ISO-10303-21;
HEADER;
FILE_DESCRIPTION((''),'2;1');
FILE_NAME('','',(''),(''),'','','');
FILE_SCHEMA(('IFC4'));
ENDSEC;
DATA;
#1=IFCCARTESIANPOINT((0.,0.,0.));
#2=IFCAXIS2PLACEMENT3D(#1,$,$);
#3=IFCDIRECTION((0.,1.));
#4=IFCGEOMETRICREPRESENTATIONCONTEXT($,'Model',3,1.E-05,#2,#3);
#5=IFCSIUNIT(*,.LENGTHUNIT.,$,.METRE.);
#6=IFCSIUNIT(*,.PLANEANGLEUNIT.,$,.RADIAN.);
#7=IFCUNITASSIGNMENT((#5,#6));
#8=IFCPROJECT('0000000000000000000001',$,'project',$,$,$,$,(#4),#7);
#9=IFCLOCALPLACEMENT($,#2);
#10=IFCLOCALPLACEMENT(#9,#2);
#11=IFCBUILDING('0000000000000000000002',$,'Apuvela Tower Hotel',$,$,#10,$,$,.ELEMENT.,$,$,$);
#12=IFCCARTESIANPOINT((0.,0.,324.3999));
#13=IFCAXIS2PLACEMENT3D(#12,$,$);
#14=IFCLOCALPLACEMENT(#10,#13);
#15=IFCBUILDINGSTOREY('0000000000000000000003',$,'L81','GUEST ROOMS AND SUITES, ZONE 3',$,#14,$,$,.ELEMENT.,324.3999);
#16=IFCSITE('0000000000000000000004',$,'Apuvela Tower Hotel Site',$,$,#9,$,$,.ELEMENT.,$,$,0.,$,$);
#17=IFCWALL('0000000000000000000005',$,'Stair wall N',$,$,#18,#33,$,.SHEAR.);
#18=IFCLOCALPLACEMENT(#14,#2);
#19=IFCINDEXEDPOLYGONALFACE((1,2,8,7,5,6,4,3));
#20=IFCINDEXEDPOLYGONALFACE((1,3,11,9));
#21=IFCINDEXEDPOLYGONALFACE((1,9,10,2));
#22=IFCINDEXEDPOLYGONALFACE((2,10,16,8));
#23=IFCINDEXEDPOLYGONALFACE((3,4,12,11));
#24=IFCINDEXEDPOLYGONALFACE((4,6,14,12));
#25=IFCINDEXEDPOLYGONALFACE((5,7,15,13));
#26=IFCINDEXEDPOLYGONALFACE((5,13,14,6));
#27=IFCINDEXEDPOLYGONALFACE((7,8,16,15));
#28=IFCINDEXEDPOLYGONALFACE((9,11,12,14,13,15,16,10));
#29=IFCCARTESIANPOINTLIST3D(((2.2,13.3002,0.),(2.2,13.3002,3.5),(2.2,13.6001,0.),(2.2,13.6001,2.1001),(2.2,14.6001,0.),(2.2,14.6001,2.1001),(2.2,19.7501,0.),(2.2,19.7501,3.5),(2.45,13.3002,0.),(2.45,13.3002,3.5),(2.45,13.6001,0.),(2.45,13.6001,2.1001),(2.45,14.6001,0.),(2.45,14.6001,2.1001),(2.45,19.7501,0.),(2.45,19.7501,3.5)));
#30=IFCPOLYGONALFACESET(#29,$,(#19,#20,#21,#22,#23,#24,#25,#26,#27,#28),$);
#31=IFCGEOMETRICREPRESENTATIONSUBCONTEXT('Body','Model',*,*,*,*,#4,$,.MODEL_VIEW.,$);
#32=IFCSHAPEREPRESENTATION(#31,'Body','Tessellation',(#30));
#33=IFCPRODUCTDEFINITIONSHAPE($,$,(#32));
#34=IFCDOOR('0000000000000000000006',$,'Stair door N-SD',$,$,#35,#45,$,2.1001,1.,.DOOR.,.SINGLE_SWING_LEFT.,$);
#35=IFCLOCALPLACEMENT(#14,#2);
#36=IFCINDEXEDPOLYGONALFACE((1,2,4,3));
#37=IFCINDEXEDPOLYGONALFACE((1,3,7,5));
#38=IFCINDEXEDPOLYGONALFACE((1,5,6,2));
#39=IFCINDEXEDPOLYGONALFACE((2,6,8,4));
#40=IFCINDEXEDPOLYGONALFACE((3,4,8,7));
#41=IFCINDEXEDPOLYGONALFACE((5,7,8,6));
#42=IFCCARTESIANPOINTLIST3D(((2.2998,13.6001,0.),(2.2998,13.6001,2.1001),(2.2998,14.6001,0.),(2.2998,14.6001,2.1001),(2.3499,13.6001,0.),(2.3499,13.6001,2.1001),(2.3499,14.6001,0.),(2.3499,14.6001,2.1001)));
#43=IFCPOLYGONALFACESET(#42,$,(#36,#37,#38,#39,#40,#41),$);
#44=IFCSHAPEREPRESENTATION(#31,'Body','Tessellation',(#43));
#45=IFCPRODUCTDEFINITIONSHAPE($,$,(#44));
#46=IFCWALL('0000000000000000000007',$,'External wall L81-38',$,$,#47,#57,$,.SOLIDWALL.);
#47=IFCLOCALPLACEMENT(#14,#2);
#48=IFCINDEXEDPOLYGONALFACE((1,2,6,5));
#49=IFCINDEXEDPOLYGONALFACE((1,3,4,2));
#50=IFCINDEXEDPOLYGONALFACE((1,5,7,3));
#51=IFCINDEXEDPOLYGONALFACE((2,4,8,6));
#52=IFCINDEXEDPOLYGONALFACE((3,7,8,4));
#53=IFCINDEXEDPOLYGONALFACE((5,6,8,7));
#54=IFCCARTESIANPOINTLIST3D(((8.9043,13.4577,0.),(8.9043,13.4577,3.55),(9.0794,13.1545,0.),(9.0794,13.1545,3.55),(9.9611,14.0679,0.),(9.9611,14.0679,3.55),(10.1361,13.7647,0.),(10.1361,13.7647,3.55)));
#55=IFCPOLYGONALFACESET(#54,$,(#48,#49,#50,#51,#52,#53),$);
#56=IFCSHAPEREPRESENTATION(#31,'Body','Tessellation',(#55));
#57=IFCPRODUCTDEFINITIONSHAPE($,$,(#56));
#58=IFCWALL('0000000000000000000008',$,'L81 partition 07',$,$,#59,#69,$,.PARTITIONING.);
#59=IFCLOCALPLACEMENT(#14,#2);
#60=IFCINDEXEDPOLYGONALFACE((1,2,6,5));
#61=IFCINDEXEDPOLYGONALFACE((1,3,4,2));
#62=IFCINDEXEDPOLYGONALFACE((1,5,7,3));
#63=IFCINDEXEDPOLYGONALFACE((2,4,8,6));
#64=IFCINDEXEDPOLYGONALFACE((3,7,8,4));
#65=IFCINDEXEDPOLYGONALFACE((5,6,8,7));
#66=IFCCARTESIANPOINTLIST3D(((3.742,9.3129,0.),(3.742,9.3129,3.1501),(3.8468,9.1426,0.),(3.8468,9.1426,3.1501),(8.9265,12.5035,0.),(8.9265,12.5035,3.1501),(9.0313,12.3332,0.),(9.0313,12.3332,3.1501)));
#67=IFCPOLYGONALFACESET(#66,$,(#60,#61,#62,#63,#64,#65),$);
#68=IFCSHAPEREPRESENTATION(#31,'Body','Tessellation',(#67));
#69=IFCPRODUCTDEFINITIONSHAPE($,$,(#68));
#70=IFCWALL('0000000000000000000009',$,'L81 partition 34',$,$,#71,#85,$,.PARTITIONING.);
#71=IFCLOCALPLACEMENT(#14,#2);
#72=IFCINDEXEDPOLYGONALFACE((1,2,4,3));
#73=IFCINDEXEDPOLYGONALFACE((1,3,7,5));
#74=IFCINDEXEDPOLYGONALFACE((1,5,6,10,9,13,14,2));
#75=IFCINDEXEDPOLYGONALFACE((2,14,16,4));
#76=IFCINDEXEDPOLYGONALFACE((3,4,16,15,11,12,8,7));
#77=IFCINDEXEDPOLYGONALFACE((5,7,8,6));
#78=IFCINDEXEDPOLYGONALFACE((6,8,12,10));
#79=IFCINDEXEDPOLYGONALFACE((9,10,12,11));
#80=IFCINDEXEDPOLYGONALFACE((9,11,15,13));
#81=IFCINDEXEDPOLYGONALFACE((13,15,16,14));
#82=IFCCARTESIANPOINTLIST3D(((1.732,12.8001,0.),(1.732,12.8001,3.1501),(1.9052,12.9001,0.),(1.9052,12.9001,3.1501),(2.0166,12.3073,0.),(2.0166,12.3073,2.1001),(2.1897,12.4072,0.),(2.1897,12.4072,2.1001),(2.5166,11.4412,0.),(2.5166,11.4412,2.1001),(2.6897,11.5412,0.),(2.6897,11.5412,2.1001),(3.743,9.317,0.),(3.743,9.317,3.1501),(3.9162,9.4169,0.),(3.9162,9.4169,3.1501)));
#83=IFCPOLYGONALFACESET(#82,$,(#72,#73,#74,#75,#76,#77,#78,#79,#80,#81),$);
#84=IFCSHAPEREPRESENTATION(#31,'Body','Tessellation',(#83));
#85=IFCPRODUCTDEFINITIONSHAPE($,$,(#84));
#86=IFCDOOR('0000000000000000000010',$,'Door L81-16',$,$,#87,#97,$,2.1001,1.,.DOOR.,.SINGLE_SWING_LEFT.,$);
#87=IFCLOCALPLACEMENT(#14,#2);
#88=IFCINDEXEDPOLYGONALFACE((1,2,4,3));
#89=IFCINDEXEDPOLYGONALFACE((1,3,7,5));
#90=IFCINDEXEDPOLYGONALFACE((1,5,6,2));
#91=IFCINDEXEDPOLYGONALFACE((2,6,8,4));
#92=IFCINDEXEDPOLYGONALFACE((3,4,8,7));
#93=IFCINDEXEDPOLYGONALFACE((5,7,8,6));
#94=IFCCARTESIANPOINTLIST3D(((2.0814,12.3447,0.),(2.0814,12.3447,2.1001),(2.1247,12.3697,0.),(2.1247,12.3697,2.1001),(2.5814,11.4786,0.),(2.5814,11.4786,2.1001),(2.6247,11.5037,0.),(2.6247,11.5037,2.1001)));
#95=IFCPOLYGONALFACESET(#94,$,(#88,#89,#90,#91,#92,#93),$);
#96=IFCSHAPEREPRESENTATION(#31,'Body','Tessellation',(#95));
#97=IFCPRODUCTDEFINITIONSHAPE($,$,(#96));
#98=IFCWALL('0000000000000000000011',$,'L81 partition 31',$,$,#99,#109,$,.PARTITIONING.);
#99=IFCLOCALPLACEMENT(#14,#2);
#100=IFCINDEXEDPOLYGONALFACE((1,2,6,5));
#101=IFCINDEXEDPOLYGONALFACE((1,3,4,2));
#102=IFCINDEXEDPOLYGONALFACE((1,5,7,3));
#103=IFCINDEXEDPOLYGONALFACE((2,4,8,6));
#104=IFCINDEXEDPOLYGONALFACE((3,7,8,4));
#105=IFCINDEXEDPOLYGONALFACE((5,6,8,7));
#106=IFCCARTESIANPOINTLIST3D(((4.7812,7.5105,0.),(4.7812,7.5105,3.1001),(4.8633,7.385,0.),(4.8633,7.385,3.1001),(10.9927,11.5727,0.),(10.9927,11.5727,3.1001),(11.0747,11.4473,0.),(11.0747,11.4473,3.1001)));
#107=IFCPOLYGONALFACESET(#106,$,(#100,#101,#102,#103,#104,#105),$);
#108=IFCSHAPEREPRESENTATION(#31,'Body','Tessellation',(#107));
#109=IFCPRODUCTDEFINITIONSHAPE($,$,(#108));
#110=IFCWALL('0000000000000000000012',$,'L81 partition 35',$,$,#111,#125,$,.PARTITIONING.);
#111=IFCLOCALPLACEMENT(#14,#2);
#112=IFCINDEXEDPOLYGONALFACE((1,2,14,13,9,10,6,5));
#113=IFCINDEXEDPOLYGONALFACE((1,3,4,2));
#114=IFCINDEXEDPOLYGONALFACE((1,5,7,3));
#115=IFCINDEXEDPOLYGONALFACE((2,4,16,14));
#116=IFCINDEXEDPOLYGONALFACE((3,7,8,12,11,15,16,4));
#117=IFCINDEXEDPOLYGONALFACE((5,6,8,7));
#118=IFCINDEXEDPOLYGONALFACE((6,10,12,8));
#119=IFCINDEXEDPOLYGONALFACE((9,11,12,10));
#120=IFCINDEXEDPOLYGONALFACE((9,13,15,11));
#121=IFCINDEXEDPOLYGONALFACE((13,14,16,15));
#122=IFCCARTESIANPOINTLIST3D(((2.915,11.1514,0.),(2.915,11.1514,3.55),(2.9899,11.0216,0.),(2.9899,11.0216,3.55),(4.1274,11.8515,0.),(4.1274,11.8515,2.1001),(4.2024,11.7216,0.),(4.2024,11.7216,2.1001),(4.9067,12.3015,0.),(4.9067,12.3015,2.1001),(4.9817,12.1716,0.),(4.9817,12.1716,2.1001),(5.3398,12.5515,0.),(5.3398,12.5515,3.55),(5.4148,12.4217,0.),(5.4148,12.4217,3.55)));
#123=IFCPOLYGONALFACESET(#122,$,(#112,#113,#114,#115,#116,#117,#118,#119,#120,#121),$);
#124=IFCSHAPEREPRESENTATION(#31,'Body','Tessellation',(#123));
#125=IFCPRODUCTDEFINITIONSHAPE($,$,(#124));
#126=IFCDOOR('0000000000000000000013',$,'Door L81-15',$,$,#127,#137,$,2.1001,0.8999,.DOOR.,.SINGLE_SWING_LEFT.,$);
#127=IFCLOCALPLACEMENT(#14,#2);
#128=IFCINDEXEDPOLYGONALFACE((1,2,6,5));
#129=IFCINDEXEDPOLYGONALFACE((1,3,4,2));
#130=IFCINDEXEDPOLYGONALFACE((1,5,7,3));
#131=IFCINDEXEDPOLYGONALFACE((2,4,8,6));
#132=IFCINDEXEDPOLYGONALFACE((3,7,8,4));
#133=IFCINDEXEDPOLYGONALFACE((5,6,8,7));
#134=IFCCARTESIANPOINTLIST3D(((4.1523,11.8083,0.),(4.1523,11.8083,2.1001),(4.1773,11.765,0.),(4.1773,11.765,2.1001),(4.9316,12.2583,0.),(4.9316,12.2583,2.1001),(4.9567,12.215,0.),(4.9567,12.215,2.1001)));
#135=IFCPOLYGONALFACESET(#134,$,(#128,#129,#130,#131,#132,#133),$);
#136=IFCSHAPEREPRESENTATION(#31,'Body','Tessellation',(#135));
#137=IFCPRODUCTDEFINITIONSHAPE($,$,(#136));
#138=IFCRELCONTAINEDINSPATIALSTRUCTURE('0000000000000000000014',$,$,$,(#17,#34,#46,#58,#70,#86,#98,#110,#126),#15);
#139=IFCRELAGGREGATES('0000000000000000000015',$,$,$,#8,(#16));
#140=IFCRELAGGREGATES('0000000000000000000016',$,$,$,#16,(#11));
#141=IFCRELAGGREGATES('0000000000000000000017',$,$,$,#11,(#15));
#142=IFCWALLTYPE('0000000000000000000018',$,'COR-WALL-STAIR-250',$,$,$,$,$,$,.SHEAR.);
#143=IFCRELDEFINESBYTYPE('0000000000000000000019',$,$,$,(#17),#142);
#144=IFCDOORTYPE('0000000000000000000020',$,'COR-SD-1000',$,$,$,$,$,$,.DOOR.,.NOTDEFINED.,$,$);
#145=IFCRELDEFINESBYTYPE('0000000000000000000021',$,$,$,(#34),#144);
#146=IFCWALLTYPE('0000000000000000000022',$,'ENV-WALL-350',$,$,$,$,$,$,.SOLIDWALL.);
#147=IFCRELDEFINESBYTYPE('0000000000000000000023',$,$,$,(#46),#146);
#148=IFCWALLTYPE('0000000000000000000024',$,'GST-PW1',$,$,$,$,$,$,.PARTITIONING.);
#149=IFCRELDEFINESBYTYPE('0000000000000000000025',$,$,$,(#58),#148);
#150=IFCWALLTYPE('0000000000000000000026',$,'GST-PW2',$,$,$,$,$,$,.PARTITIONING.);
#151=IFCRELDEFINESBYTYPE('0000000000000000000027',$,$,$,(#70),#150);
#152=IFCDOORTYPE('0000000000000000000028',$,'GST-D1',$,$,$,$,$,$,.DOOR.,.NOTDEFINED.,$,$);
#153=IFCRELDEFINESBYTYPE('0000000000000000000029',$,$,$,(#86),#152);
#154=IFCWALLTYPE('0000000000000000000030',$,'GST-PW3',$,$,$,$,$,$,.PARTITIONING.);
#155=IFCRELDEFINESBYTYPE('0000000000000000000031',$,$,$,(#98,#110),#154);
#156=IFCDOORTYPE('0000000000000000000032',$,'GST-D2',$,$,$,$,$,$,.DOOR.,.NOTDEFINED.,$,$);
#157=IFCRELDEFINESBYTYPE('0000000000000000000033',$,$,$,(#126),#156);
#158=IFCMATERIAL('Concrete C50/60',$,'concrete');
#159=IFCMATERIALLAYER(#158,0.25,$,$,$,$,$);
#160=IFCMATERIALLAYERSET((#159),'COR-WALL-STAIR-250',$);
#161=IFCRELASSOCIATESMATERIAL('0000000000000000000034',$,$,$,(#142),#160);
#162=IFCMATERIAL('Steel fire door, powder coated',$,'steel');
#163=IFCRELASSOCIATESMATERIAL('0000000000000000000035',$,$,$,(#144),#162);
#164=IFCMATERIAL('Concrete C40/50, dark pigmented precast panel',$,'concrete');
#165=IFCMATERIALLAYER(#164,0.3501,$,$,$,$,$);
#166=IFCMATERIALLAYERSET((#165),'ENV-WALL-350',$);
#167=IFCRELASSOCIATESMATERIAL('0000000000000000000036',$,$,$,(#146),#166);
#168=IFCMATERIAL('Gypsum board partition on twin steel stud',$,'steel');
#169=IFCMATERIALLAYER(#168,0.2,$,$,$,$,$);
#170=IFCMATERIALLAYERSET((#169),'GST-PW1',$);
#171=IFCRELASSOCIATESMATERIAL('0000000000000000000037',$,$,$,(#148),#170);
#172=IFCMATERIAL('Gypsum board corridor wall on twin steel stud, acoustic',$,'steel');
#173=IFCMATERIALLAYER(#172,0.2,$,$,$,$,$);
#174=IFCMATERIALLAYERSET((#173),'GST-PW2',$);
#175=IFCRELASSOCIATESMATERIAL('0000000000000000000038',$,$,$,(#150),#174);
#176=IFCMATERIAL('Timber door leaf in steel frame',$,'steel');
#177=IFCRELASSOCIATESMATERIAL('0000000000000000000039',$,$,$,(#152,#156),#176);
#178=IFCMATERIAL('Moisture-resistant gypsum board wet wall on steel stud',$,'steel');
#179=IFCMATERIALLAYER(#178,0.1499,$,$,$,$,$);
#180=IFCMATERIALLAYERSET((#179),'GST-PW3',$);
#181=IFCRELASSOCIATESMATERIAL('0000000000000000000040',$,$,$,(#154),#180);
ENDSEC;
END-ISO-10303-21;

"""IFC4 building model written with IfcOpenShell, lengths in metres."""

from ifc_helpers import new_model, si_unit, direction, frame, frame_2d, origin, place, context, subcontext, project, spatial, rectangle, extrude, material, layer, layer_set, type_object, element, fill, save


model = new_model("IFC4")

# Units and contexts
model_context = context("Model", 3, precision=1e-05, world=origin(), true_north=direction((0.0, 1.0)))
body_context = subcontext(model_context, "Body", "Model", "MODEL_VIEW")
ifc_project = project(units=[si_unit("LENGTHUNIT", "METRE"), si_unit("PLANEANGLEUNIT", "RADIAN")], contexts=[model_context])

# Site, building, storey
site_placement = place(None, origin())
site = spatial("IfcSite", under=ifc_project, at=site_placement, Name="Apuvela Tower Hotel Site", CompositionType="ELEMENT", RefElevation=0.0)
building_placement = place(site_placement, origin())
building = spatial("IfcBuilding", under=site, at=building_placement, Name="Apuvela Tower Hotel", CompositionType="ELEMENT")
storey_placement = place(building_placement, frame((0.0, 0.0, 324.3999)))
storey = spatial("IfcBuildingStorey", under=building, at=storey_placement, Name="L81", Description="GUEST ROOMS AND SUITES, ZONE 3", CompositionType="ELEMENT", Elevation=324.3999)

# Shared definitions
ifc_material_1 = material(Name="Concrete C50/60", Category="concrete")
ifc_material_2 = material(Name="Steel fire door, powder coated", Category="steel")

# Wall, opening, door
ifc_layer_1 = layer(ifc_material_1, 0.25)
ifc_layer_set_1 = layer_set([ifc_layer_1], Name="COR-WALL-STAIR-250")
wall_type_1 = type_object("IfcWallType", Name="COR-WALL-STAIR-250", PredefinedType="SHEAR", material=ifc_layer_set_1)
wall_1_placement = place(storey_placement, frame((2.325, 13.3, 0.0), z_axis=(0.0, 0.0, 1.0), x_axis=(0.0, 1.0, 0.0)))
wall_1 = element("IfcWall", 1, at=wall_1_placement, inside=storey, type_object=wall_type_1, Name="Stair wall N", PredefinedType="SHEAR", context=body_context, shape_type="SweptSolid", body=[
    extrude(rectangle(XDim=6.45, YDim=0.25, at=frame_2d((3.2251, 0.0))), origin(), (0.0, 0.0, 1.0), 3.5),
])
opening_1_placement = place(wall_1_placement, frame((0.3, 0.0, 0.0)))
opening_1 = element("IfcOpeningElement", 2, at=opening_1_placement, cuts=wall_1, PredefinedType="OPENING", context=body_context, shape_type="SweptSolid", body=[
    extrude(rectangle(XDim=1.0, YDim=2.1001, at=frame_2d((0.5, 1.05))), frame((0.0, 0.135, 0.0), z_axis=(0.0, -1.0, 0.0), x_axis=(1.0, 0.0, 0.0)), (0.0, 0.0, 1.0), 0.27),
])
door_type_1 = type_object("IfcDoorType", Name="COR-SD-1000", OperationType="NOTDEFINED", PredefinedType="DOOR", material=ifc_material_2)
door_1_placement = place(opening_1_placement, frame((1.0, 0.0, 0.0), z_axis=(0.0, 0.0, 1.0), x_axis=(-1.0, 0.0, 0.0)))
door_1 = element("IfcDoor", 3, at=door_1_placement, inside=storey, type_object=door_type_1, Name="Stair door N-SD", OperationType="SINGLE_SWING_LEFT", OverallHeight=2.1001, OverallWidth=1.0, PredefinedType="DOOR", context=body_context, shape_type="SweptSolid", body=[
    extrude(rectangle(XDim=1.0, YDim=2.1001, at=frame_2d((0.5, 1.05))), frame((0.0, 0.0249, 0.0), z_axis=(0.0, -1.0, 0.0), x_axis=(1.0, 0.0, 0.0)), (0.0, 0.0, 1.0), 0.05),
])
fill(opening_1, door_1)

# Wall
ifc_material_3 = material(Name="Concrete C40/50, dark pigmented precast panel", Category="concrete")
ifc_layer_2 = layer(ifc_material_3, 0.3501)
ifc_layer_set_2 = layer_set([ifc_layer_2], Name="ENV-WALL-350")
wall_type_2 = type_object("IfcWallType", Name="ENV-WALL-350", PredefinedType="SOLIDWALL", material=ifc_layer_set_2)
wall_2_placement = place(storey_placement, frame((10.0486, 13.9163, 0.0), z_axis=(0.0, 0.0, 1.0), x_axis=(-0.866006, -0.500034, 0.0)))
element("IfcWall", 4, at=wall_2_placement, inside=storey, type_object=wall_type_2, Name="External wall L81-38", PredefinedType="SOLIDWALL", context=body_context, shape_type="SweptSolid", body=[
    extrude(rectangle(XDim=1.2202, YDim=0.3501, at=frame_2d((0.6101, 0.0))), origin(), (0.0, 0.0, 1.0), 3.55),
])

# Wall
ifc_material_4 = material(Name="Gypsum board partition on twin steel stud", Category="steel")
ifc_layer_3 = layer(ifc_material_4, 0.2)
ifc_layer_set_3 = layer_set([ifc_layer_3], Name="GST-PW1")
wall_type_3 = type_object("IfcWallType", Name="GST-PW1", PredefinedType="PARTITIONING", material=ifc_layer_set_3)
wall_3_placement = place(storey_placement, frame((8.979, 12.4185, 0.0), z_axis=(0.0, 0.0, 1.0), x_axis=(-0.851646, -0.524118, 0.0)))
element("IfcWall", 5, at=wall_3_placement, inside=storey, type_object=wall_type_3, Name="L81 partition 07", PredefinedType="PARTITIONING", context=body_context, shape_type="SweptSolid", body=[
    extrude(rectangle(XDim=6.0876, YDim=0.2, at=frame_2d((3.0439, 0.0))), origin(), (0.0, 0.0, 1.0), 3.1501),
])

# Wall, opening, door
ifc_material_5 = material(Name="Gypsum board corridor wall on twin steel stud, acoustic", Category="steel")
ifc_layer_4 = layer(ifc_material_5, 0.2)
ifc_layer_set_4 = layer_set([ifc_layer_4], Name="GST-PW2")
wall_type_4 = type_object("IfcWallType", Name="GST-PW2", PredefinedType="PARTITIONING", material=ifc_layer_set_4)
wall_4_placement = place(storey_placement, frame((1.8186, 12.8501, 0.0), z_axis=(0.0, 0.0, 1.0), x_axis=(0.499997, -0.866027, 0.0)))
wall_4 = element("IfcWall", 6, at=wall_4_placement, inside=storey, type_object=wall_type_4, Name="L81 partition 34", PredefinedType="PARTITIONING", context=body_context, shape_type="SweptSolid", body=[
    extrude(rectangle(XDim=4.022, YDim=0.2, at=frame_2d((2.011, 0.0))), origin(), (0.0, 0.0, 1.0), 3.1501),
])
opening_2_placement = place(wall_4_placement, frame((0.5691, 0.0, 0.0)))
opening_2 = element("IfcOpeningElement", 7, at=opening_2_placement, cuts=wall_4, PredefinedType="OPENING", context=body_context, shape_type="SweptSolid", body=[
    extrude(rectangle(XDim=1.0, YDim=2.1001, at=frame_2d((0.5, 1.05))), frame((0.0, 0.1099, 0.0), z_axis=(0.0, -1.0, 0.0), x_axis=(1.0, 0.0, 0.0)), (0.0, 0.0, 1.0), 0.22),
])
ifc_material_6 = material(Name="Timber door leaf in steel frame", Category="steel")
door_type_2 = type_object("IfcDoorType", Name="GST-D1", OperationType="NOTDEFINED", PredefinedType="DOOR", material=ifc_material_6)
door_2_placement = place(opening_2_placement, origin())
door_2 = element("IfcDoor", 8, at=door_2_placement, inside=storey, type_object=door_type_2, Name="Door L81-16", OperationType="SINGLE_SWING_LEFT", OverallHeight=2.1001, OverallWidth=1.0, PredefinedType="DOOR", context=body_context, shape_type="SweptSolid", body=[
    extrude(rectangle(XDim=1.0, YDim=2.1001, at=frame_2d((0.5, 1.05))), frame((0.0, 0.0249, 0.0), z_axis=(0.0, -1.0, 0.0), x_axis=(1.0, 0.0, 0.0)), (0.0, 0.0, 1.0), 0.05),
])
fill(opening_2, door_2)

# Wall
ifc_material_7 = material(Name="Moisture-resistant gypsum board wet wall on steel stud", Category="steel")
ifc_layer_5 = layer(ifc_material_7, 0.1499)
ifc_layer_set_5 = layer_set([ifc_layer_5], Name="GST-PW3")
wall_type_5 = type_object("IfcWallType", Name="GST-PW3", PredefinedType="PARTITIONING", material=ifc_layer_set_5)
wall_5_placement = place(storey_placement, frame((11.0337, 11.51, 0.0), z_axis=(0.0, 0.0, 1.0), x_axis=(-0.836912, -0.547338, 0.0)))
element("IfcWall", 9, at=wall_5_placement, inside=storey, type_object=wall_type_5, Name="L81 partition 31", PredefinedType="PARTITIONING", context=body_context, shape_type="SweptSolid", body=[
    extrude(rectangle(XDim=7.4219, YDim=0.1499, at=frame_2d((3.7109, 0.0))), origin(), (0.0, 0.0, 1.0), 3.1001),
])

# Wall, opening, door
wall_6_placement = place(storey_placement, frame((5.3772, 12.4866, 0.0), z_axis=(0.0, 0.0, 1.0), x_axis=(-0.865997, -0.50005, 0.0)))
wall_6 = element("IfcWall", 10, at=wall_6_placement, inside=storey, type_object=wall_type_5, Name="L81 partition 35", PredefinedType="PARTITIONING", context=body_context, shape_type="SweptSolid", body=[
    extrude(rectangle(XDim=2.8, YDim=0.1499, at=frame_2d((1.3999, 0.0))), origin(), (0.0, 0.0, 1.0), 3.55),
])
opening_3_placement = place(wall_6_placement, frame((0.5, 0.0, 0.0)))
opening_3 = element("IfcOpeningElement", 11, at=opening_3_placement, cuts=wall_6, PredefinedType="OPENING", context=body_context, shape_type="SweptSolid", body=[
    extrude(rectangle(XDim=0.8999, YDim=2.1001, at=frame_2d((0.45, 1.05))), frame((0.0, 0.085, 0.0), z_axis=(0.0, -1.0, 0.0), x_axis=(1.0, 0.0, 0.0)), (0.0, 0.0, 1.0), 0.1699),
])
door_type_3 = type_object("IfcDoorType", Name="GST-D2", OperationType="NOTDEFINED", PredefinedType="DOOR", material=ifc_material_6)
door_3_placement = place(opening_3_placement, origin())
door_3 = element("IfcDoor", 12, at=door_3_placement, inside=storey, type_object=door_type_3, Name="Door L81-15", OperationType="SINGLE_SWING_LEFT", OverallHeight=2.1001, OverallWidth=0.8999, PredefinedType="DOOR", context=body_context, shape_type="SweptSolid", body=[
    extrude(rectangle(XDim=0.8999, YDim=2.1001, at=frame_2d((0.45, 1.05))), frame((0.0, 0.0249, 0.0), z_axis=(0.0, -1.0, 0.0), x_axis=(1.0, 0.0, 0.0)), (0.0, 0.0, 1.0), 0.05),
])
fill(opening_3, door_3)

save(model, "model.ifc")
